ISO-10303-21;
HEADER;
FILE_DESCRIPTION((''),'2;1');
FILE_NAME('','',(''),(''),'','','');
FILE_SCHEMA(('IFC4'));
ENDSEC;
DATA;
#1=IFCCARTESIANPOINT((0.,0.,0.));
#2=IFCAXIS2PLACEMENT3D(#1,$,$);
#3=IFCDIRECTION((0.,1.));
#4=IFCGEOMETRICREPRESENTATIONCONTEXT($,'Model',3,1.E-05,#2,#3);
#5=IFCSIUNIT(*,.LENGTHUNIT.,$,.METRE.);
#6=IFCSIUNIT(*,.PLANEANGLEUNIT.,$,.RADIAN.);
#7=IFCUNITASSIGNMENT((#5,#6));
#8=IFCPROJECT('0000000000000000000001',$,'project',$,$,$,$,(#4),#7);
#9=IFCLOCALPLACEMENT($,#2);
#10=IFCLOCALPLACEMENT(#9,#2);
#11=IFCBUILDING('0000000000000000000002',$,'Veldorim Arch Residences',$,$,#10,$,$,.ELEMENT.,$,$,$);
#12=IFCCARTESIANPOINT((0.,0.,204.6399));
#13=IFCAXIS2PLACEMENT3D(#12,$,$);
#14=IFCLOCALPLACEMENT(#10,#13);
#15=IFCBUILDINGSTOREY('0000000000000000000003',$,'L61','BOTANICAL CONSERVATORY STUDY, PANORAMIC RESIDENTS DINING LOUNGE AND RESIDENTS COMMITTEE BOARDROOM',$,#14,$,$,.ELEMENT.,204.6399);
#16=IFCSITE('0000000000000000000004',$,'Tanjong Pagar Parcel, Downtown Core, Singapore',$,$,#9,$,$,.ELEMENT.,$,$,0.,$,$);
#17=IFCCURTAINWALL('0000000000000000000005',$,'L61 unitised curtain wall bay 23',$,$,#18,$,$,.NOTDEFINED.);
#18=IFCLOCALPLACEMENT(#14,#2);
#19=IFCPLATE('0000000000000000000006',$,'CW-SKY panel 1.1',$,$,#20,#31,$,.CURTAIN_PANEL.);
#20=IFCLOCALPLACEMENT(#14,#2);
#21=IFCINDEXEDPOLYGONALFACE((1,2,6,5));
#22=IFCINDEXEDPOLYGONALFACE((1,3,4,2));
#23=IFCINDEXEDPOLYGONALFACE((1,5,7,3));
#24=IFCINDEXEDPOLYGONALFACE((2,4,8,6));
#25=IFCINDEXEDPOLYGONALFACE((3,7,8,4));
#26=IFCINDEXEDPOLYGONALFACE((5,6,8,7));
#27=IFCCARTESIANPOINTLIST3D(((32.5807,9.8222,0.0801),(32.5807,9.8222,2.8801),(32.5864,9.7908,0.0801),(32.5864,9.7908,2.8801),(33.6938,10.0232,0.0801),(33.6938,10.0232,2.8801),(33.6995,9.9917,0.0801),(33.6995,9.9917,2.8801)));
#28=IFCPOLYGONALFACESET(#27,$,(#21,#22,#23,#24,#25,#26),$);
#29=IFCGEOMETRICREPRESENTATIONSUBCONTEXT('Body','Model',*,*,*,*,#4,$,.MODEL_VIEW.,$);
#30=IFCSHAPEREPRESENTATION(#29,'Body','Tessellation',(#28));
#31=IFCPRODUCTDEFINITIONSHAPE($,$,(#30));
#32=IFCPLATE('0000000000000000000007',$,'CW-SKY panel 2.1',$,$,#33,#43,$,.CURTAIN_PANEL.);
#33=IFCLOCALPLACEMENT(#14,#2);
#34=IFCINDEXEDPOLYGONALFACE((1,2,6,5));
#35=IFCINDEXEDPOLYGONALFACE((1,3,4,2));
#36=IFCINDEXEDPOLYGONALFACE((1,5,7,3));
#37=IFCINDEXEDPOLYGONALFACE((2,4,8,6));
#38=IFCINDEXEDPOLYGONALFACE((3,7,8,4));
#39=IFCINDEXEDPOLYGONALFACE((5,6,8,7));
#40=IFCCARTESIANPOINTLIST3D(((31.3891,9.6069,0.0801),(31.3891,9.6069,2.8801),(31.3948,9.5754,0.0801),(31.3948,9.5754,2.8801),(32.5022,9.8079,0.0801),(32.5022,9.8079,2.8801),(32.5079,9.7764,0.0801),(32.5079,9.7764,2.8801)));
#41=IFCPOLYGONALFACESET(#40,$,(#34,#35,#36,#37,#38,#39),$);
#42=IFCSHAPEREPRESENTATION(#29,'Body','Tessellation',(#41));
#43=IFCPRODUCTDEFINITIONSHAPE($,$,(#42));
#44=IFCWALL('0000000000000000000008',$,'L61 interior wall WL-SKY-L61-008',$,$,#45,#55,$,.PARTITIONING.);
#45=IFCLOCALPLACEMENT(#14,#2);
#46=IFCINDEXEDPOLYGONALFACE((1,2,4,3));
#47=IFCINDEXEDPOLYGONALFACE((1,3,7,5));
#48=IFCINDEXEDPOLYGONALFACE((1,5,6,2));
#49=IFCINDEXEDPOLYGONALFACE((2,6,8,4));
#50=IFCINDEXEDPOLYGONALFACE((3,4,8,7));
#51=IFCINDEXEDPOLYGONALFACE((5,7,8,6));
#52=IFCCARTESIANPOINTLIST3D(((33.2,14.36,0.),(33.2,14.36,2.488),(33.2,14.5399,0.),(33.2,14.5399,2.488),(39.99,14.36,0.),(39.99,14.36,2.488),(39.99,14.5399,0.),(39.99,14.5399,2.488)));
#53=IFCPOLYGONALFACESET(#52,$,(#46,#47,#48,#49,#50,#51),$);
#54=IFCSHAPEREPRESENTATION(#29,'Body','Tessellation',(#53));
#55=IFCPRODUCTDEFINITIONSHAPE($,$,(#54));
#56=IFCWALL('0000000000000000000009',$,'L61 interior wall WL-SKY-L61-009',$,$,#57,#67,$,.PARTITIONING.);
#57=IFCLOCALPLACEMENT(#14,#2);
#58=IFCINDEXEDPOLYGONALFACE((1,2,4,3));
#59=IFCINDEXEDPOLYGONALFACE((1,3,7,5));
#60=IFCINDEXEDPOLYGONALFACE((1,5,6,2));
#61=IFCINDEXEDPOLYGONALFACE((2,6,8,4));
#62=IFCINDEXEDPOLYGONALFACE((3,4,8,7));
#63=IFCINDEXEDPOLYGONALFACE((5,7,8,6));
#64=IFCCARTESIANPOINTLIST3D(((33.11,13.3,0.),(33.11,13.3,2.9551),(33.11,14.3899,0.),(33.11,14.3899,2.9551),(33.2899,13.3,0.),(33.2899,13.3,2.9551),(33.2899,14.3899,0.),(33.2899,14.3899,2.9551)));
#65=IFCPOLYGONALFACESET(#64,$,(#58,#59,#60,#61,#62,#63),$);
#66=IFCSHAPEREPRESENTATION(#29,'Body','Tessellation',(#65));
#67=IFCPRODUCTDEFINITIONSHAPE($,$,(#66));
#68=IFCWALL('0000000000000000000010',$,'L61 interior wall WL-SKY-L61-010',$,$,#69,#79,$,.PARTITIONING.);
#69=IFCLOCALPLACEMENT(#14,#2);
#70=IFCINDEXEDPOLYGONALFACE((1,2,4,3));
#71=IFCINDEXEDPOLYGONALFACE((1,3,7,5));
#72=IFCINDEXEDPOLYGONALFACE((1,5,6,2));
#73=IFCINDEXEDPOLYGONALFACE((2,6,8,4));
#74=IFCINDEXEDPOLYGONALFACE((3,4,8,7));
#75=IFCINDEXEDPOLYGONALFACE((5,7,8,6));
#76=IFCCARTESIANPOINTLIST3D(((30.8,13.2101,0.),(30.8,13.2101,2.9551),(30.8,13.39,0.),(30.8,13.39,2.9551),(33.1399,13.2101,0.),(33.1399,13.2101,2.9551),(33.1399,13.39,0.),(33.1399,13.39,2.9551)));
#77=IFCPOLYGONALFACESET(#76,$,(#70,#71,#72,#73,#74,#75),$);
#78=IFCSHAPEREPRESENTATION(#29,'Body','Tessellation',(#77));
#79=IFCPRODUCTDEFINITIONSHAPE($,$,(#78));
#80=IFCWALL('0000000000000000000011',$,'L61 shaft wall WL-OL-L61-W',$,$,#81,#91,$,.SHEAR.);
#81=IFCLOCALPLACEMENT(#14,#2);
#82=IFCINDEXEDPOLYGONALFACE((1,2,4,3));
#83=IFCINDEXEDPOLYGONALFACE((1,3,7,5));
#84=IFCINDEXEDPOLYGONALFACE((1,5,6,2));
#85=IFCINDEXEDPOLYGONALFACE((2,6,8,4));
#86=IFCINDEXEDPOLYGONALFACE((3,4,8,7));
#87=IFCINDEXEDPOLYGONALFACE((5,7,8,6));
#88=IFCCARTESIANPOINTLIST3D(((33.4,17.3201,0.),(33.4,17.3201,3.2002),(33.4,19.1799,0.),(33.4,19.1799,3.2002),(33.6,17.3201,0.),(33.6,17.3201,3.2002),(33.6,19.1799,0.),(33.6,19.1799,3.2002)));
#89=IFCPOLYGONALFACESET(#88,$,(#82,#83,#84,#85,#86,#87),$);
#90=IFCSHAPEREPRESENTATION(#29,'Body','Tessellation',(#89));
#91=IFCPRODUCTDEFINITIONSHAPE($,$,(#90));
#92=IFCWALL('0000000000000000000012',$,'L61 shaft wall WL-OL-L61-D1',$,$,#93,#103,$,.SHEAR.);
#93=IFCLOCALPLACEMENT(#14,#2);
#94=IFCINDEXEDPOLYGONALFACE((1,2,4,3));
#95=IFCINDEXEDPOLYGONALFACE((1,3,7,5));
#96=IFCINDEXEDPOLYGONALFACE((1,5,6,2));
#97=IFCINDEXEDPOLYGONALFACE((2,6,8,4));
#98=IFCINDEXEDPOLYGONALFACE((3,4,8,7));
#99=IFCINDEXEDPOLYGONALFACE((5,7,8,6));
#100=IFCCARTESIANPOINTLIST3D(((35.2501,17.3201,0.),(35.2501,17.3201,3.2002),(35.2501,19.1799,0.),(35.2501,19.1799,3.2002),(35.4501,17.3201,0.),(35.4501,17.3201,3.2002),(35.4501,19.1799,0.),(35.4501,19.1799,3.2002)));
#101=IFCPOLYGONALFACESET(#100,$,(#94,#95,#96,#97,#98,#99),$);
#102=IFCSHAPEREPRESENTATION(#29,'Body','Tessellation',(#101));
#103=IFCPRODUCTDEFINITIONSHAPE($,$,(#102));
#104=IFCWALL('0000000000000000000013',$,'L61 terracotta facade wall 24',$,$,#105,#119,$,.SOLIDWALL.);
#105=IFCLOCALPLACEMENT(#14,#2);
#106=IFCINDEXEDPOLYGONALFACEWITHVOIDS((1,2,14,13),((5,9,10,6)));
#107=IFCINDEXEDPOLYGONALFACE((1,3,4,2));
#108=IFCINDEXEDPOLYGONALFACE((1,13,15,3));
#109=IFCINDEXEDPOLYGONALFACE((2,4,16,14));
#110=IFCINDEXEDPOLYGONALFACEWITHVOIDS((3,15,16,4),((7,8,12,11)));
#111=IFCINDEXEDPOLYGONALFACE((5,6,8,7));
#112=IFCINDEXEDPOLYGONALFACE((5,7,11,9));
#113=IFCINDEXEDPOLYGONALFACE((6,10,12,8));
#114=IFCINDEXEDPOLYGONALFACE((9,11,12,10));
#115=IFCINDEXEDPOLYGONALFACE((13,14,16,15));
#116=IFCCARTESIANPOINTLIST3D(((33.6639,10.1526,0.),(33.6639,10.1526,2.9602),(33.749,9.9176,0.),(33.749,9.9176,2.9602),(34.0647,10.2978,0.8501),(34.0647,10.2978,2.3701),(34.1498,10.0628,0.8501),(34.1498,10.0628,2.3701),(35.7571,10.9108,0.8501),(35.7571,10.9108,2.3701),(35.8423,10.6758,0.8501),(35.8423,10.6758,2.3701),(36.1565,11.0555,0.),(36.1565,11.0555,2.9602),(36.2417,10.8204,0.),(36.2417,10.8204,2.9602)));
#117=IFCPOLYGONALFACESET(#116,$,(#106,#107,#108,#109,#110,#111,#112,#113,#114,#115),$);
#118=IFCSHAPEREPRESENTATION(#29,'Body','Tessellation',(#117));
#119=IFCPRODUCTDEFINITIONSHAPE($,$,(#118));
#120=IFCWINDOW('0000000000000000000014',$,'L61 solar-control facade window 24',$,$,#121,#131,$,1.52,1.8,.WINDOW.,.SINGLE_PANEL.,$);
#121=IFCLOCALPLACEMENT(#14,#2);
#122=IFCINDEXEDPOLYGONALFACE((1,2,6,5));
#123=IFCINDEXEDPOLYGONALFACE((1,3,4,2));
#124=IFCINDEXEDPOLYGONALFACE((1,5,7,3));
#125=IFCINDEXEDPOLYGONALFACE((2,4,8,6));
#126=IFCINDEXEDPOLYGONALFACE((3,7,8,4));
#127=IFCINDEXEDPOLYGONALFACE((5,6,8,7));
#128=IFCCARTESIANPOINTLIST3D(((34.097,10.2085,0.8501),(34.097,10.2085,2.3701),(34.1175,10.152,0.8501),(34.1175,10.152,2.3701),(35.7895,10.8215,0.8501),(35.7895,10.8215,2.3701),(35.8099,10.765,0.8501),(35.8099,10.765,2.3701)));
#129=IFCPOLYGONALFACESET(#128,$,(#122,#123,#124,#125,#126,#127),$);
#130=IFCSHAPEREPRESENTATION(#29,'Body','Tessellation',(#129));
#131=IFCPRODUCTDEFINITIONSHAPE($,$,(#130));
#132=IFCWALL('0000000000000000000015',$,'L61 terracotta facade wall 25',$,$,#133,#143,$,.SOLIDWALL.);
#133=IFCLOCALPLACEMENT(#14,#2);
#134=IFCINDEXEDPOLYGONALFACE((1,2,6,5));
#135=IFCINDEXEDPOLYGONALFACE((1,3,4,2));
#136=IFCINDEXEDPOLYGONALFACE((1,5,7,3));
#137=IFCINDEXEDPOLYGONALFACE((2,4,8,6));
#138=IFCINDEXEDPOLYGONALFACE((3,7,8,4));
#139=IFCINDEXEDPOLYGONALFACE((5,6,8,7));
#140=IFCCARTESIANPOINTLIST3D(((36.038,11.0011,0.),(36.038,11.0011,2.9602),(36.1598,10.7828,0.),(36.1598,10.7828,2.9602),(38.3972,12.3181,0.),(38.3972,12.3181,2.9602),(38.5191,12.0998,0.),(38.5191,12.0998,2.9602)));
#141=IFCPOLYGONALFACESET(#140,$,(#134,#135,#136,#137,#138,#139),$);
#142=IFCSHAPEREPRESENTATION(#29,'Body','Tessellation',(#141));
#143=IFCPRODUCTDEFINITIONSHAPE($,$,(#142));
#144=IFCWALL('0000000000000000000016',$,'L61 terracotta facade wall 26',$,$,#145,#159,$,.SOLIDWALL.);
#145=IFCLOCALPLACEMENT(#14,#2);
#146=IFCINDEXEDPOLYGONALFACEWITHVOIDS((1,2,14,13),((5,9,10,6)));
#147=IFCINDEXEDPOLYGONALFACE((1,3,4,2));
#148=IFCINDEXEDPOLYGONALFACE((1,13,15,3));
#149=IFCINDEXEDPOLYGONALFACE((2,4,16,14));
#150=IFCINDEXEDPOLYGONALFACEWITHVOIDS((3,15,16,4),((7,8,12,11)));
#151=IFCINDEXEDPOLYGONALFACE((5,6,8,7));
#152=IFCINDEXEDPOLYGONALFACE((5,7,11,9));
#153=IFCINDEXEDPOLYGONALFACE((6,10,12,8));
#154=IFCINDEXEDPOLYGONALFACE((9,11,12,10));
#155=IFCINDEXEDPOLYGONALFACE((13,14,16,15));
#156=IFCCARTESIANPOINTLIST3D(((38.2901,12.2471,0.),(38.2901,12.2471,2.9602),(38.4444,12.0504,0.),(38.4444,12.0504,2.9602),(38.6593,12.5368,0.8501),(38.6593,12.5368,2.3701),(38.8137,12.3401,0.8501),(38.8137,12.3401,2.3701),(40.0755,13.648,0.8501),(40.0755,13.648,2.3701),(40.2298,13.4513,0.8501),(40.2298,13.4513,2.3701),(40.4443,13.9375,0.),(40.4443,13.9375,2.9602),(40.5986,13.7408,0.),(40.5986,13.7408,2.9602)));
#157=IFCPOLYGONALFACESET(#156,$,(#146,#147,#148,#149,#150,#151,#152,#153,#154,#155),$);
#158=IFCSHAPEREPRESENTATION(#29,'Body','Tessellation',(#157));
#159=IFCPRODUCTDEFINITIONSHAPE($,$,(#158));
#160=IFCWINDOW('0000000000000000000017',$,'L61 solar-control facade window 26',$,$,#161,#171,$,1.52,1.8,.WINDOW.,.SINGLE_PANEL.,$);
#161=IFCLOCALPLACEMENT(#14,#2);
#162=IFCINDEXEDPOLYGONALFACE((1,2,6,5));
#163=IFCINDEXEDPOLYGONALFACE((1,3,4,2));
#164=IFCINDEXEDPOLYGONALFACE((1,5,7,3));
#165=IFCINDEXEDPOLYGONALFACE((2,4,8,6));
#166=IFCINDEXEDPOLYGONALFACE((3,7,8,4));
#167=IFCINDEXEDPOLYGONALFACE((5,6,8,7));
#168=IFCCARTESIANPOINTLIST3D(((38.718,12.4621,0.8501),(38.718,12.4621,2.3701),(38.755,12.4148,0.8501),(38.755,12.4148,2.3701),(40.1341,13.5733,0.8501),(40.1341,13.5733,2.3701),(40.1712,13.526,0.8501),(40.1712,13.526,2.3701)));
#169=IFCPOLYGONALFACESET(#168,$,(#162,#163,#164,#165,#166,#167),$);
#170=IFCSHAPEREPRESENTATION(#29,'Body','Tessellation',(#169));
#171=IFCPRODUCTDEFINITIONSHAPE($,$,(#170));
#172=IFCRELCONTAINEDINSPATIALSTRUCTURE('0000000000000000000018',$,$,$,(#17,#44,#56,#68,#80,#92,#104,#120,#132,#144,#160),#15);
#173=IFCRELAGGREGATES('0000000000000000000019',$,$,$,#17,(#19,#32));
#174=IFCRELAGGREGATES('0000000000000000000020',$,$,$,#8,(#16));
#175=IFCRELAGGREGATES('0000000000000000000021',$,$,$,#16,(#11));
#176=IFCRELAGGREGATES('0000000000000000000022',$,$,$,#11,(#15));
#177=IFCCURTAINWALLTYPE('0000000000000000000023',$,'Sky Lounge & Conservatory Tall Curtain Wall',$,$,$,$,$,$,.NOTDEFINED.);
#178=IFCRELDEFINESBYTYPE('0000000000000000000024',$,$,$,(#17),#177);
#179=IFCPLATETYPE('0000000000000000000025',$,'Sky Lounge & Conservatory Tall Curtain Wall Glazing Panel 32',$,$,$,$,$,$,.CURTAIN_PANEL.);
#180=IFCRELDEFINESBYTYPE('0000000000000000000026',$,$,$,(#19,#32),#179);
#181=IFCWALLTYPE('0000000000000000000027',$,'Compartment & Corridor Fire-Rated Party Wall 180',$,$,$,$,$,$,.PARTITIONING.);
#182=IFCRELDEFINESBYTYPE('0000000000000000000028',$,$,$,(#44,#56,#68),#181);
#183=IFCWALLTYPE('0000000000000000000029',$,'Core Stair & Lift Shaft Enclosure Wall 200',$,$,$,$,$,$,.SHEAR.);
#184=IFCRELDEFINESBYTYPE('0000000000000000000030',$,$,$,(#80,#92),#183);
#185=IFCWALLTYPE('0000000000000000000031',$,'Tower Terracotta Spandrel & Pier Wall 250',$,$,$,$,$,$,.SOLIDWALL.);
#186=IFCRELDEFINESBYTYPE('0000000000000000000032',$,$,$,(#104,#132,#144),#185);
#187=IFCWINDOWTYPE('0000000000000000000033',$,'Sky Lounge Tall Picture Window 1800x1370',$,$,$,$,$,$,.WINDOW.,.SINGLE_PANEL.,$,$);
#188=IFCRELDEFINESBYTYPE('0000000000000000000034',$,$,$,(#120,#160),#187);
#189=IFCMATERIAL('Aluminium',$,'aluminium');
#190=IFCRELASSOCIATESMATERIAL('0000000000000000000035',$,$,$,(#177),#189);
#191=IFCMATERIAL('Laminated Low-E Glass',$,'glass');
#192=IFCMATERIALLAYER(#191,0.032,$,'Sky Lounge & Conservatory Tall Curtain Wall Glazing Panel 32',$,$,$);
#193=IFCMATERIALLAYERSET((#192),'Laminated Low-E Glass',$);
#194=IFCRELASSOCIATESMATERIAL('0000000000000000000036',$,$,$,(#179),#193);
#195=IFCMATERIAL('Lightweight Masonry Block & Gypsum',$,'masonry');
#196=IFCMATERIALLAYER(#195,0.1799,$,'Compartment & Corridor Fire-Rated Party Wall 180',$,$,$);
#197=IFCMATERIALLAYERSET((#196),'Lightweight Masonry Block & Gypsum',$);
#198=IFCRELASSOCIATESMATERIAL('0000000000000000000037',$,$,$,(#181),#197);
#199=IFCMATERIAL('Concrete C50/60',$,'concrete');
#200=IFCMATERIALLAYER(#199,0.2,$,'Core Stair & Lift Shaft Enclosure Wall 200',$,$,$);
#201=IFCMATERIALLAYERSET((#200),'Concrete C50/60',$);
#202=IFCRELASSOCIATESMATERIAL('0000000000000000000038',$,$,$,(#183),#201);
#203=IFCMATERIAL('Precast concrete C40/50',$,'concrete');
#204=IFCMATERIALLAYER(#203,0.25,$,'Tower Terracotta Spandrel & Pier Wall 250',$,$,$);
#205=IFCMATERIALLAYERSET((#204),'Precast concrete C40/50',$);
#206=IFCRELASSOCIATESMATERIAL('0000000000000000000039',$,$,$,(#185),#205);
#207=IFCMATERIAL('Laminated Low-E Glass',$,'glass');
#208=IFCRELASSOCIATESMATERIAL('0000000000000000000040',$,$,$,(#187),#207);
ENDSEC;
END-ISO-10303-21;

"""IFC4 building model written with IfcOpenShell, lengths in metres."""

from ifc_helpers import new_model, si_unit, direction, frame, frame_2d, origin, origin_2d, place, context, subcontext, project, spatial, rectangle, extrude, material, layer, layer_set, type_object, element, fill, aggregate, save


model = new_model("IFC4")

# Units and contexts
model_context = context("Model", 3, precision=1e-05, world=origin(), true_north=direction((0.0, 1.0)))
body_context = subcontext(model_context, "Body", "Model", "MODEL_VIEW")
ifc_project = project(units=[si_unit("LENGTHUNIT", "METRE"), si_unit("PLANEANGLEUNIT", "RADIAN")], contexts=[model_context])

# Site, building, storey
site_placement = place(None, origin())
site = spatial("IfcSite", under=ifc_project, at=site_placement, Name="Tanjong Pagar Parcel, Downtown Core, Singapore", CompositionType="ELEMENT", RefElevation=0.0)
building_placement = place(site_placement, origin())
building = spatial("IfcBuilding", under=site, at=building_placement, Name="Veldorim Arch Residences", CompositionType="ELEMENT")
storey_placement = place(building_placement, frame((0.0, 0.0, 204.6399)))
storey = spatial("IfcBuildingStorey", under=building, at=storey_placement, Name="L61", Description="BOTANICAL CONSERVATORY STUDY, PANORAMIC RESIDENTS DINING LOUNGE AND RESIDENTS COMMITTEE BOARDROOM", CompositionType="ELEMENT", Elevation=204.6399)

# Curtain wall
ifc_material_1 = material(Name="Aluminium", Category="aluminium")
curtain_wall_type = type_object("IfcCurtainWallType", Name="Sky Lounge & Conservatory Tall Curtain Wall", PredefinedType="NOTDEFINED", material=ifc_material_1)
curtain_wall_placement = place(storey_placement, origin())
curtain_wall = element("IfcCurtainWall", 1, at=curtain_wall_placement, inside=storey, type_object=curtain_wall_type, Name="L61 unitised curtain wall bay 23", PredefinedType="NOTDEFINED")

# Plates
ifc_material_2 = material(Name="Laminated Low-E Glass", Category="glass")
ifc_layer_1 = layer(ifc_material_2, 0.032, Name="Sky Lounge & Conservatory Tall Curtain Wall Glazing Panel 32")
ifc_layer_set_1 = layer_set([ifc_layer_1], Name="Laminated Low-E Glass")
plate_type = type_object("IfcPlateType", Name="Sky Lounge & Conservatory Tall Curtain Wall Glazing Panel 32", PredefinedType="CURTAIN_PANEL", material=ifc_layer_set_1)
plate_1_placement = place(storey_placement, frame((33.1401, 9.907, 0.0801), z_axis=(0.0, 0.0, 1.0), x_axis=(-0.984088, -0.177683, 0.0)))
plate_1 = element("IfcPlate", 2, at=plate_1_placement, type_object=plate_type, Name="CW-SKY panel 1.1", PredefinedType="CURTAIN_PANEL", context=body_context, shape_type="SweptSolid", body=[
    extrude(rectangle(XDim=1.1311, YDim=0.032, at=origin_2d()), origin(), (0.0, 0.0, 1.0), 2.8),
])
plate_2_placement = place(storey_placement, frame((31.9485, 9.6917, 0.0801), z_axis=(0.0, 0.0, 1.0), x_axis=(-0.984088, -0.177683, 0.0)))
plate_2 = element("IfcPlate", 3, at=plate_2_placement, type_object=plate_type, Name="CW-SKY panel 2.1", PredefinedType="CURTAIN_PANEL", context=body_context, shape_type="SweptSolid", body=[
    extrude(rectangle(XDim=1.1311, YDim=0.032, at=origin_2d()), origin(), (0.0, 0.0, 1.0), 2.8),
])
aggregate(curtain_wall, [plate_1, plate_2])

# Walls
ifc_material_3 = material(Name="Lightweight Masonry Block & Gypsum", Category="masonry")
ifc_layer_2 = layer(ifc_material_3, 0.1799, Name="Compartment & Corridor Fire-Rated Party Wall 180")
ifc_layer_set_2 = layer_set([ifc_layer_2], Name="Lightweight Masonry Block & Gypsum")
wall_type_1 = type_object("IfcWallType", Name="Compartment & Corridor Fire-Rated Party Wall 180", PredefinedType="PARTITIONING", material=ifc_layer_set_2)
wall_1_placement = place(storey_placement, frame((39.99, 14.45, 0.0), z_axis=(0.0, 0.0, 1.0), x_axis=(-1.0, 0.0, 0.0)))
element("IfcWall", 4, at=wall_1_placement, inside=storey, type_object=wall_type_1, Name="L61 interior wall WL-SKY-L61-008", PredefinedType="PARTITIONING", context=body_context, shape_type="SweptSolid", body=[
    extrude(rectangle(XDim=6.79, YDim=0.1799, at=frame_2d((3.395, 0.0))), origin(), (0.0, 0.0, 1.0), 2.488),
])
wall_2_placement = place(storey_placement, frame((33.2, 14.3899, 0.0), z_axis=(0.0, 0.0, 1.0), x_axis=(0.0, -1.0, 0.0)))
element("IfcWall", 5, at=wall_2_placement, inside=storey, type_object=wall_type_1, Name="L61 interior wall WL-SKY-L61-009", PredefinedType="PARTITIONING", context=body_context, shape_type="SweptSolid", body=[
    extrude(rectangle(XDim=1.0898, YDim=0.1799, at=frame_2d((0.5449, 0.0))), origin(), (0.0, 0.0, 1.0), 2.9551),
])
wall_3_placement = place(storey_placement, frame((33.1399, 13.3, 0.0), z_axis=(0.0, 0.0, 1.0), x_axis=(-1.0, 0.0, 0.0)))
element("IfcWall", 6, at=wall_3_placement, inside=storey, type_object=wall_type_1, Name="L61 interior wall WL-SKY-L61-010", PredefinedType="PARTITIONING", context=body_context, shape_type="SweptSolid", body=[
    extrude(rectangle(XDim=2.3398, YDim=0.1799, at=frame_2d((1.1699, 0.0))), origin(), (0.0, 0.0, 1.0), 2.9551),
])
ifc_material_4 = material(Name="Concrete C50/60", Category="concrete")
ifc_layer_3 = layer(ifc_material_4, 0.2, Name="Core Stair & Lift Shaft Enclosure Wall 200")
ifc_layer_set_3 = layer_set([ifc_layer_3], Name="Concrete C50/60")
wall_type_2 = type_object("IfcWallType", Name="Core Stair & Lift Shaft Enclosure Wall 200", PredefinedType="SHEAR", material=ifc_layer_set_3)
for number, where, z_axis, x_axis, name in (
    (7, (33.5, 17.3201, 0.0), (0.0, 0.0, 1.0), (0.0, 1.0, 0.0), "L61 shaft wall WL-OL-L61-W"),
    (8, (35.3501, 17.3201, 0.0), (0.0, 0.0, 1.0), (0.0, 1.0, 0.0), "L61 shaft wall WL-OL-L61-D1"),
):
    element("IfcWall", number, at=place(storey_placement, frame(where, z_axis=z_axis, x_axis=x_axis)), inside=storey, type_object=wall_type_2, Name=name, PredefinedType="SHEAR", context=body_context, shape_type="SweptSolid", body=[
        extrude(rectangle(XDim=1.8599, YDim=0.2, at=frame_2d((0.9299, 0.0))), origin(), (0.0, 0.0, 1.0), 3.2002),
    ])

# Wall, opening, window
ifc_material_5 = material(Name="Precast concrete C40/50", Category="concrete")
ifc_layer_4 = layer(ifc_material_5, 0.25, Name="Tower Terracotta Spandrel & Pier Wall 250")
ifc_layer_set_4 = layer_set([ifc_layer_4], Name="Precast concrete C40/50")
wall_type_3 = type_object("IfcWallType", Name="Tower Terracotta Spandrel & Pier Wall 250", PredefinedType="SOLIDWALL", material=ifc_layer_set_4)
wall_4_placement = place(storey_placement, frame((36.1992, 10.938, 0.0), z_axis=(0.0, 0.0, 1.0), x_axis=(-0.940228, -0.340545, 0.0)))
wall_4 = element("IfcWall", 9, at=wall_4_placement, inside=storey, type_object=wall_type_3, Name="L61 terracotta facade wall 24", PredefinedType="SOLIDWALL", context=body_context, shape_type="SweptSolid", body=[
    extrude(rectangle(XDim=2.6511, YDim=0.25, at=frame_2d((1.3257, 0.0))), origin(), (0.0, 0.0, 1.0), 2.9602),
])
opening_1_placement = place(wall_4_placement, frame((0.425, 0.0, 0.8501)))
opening_1 = element("IfcOpeningElement", 10, at=opening_1_placement, cuts=wall_4, PredefinedType="OPENING", context=body_context, shape_type="SweptSolid", body=[
    extrude(rectangle(XDim=1.8, YDim=1.52, at=frame_2d((0.8999, 0.76))), frame((0.0, 0.135, 0.0), z_axis=(0.0, -1.0, 0.0), x_axis=(1.0, 0.0, 0.0)), (0.0, 0.0, 1.0), 0.27),
])
ifc_material_6 = material(Name="Laminated Low-E Glass", Category="glass")
window_type = type_object("IfcWindowType", Name="Sky Lounge Tall Picture Window 1800x1370", PartitioningType="SINGLE_PANEL", PredefinedType="WINDOW", material=ifc_material_6)
window_1_placement = place(opening_1_placement, origin())
window_1 = element("IfcWindow", 11, at=window_1_placement, inside=storey, type_object=window_type, Name="L61 solar-control facade window 24", OverallHeight=1.52, OverallWidth=1.8, PartitioningType="SINGLE_PANEL", PredefinedType="WINDOW", context=body_context, shape_type="SweptSolid", body=[
    extrude(rectangle(XDim=1.8, YDim=1.52, at=frame_2d((0.8999, 0.76))), frame((0.0, 0.03, 0.0), z_axis=(0.0, -1.0, 0.0), x_axis=(1.0, 0.0, 0.0)), (0.0, 0.0, 1.0), 0.0601),
])
fill(opening_1, window_1)

# Wall
wall_5_placement = place(storey_placement, frame((38.4583, 12.209, 0.0), z_axis=(0.0, 0.0, 1.0), x_axis=(-0.873171, -0.487414, 0.0)))
element("IfcWall", 12, at=wall_5_placement, inside=storey, type_object=wall_type_3, Name="L61 terracotta facade wall 25", PredefinedType="SOLIDWALL", context=body_context, shape_type="SweptSolid", body=[
    extrude(rectangle(XDim=2.7019, YDim=0.25, at=frame_2d((1.3511, 0.0))), origin(), (0.0, 0.0, 1.0), 2.9602),
])

# Wall, opening, window
wall_6_placement = place(storey_placement, frame((40.5215, 13.8391, 0.0), z_axis=(0.0, 0.0, 1.0), x_axis=(-0.786714, -0.617317, 0.0)))
wall_6 = element("IfcWall", 13, at=wall_6_placement, inside=storey, type_object=wall_type_3, Name="L61 terracotta facade wall 26", PredefinedType="SOLIDWALL", context=body_context, shape_type="SweptSolid", body=[
    extrude(rectangle(XDim=2.7383, YDim=0.25, at=frame_2d((1.3691, 0.0))), origin(), (0.0, 0.0, 1.0), 2.9602),
])
opening_2_placement = place(wall_6_placement, frame((0.469, 0.0, 0.8501)))
opening_2 = element("IfcOpeningElement", 14, at=opening_2_placement, cuts=wall_6, PredefinedType="OPENING", context=body_context, shape_type="SweptSolid", body=[
    extrude(rectangle(XDim=1.8, YDim=1.52, at=frame_2d((0.8999, 0.76))), frame((0.0, 0.135, 0.0), z_axis=(0.0, -1.0, 0.0), x_axis=(1.0, 0.0, 0.0)), (0.0, 0.0, 1.0), 0.27),
])
window_2_placement = place(opening_2_placement, origin())
window_2 = element("IfcWindow", 15, at=window_2_placement, inside=storey, type_object=window_type, Name="L61 solar-control facade window 26", OverallHeight=1.52, OverallWidth=1.8, PartitioningType="SINGLE_PANEL", PredefinedType="WINDOW", context=body_context, shape_type="SweptSolid", body=[
    extrude(rectangle(XDim=1.8, YDim=1.52, at=frame_2d((0.8999, 0.76))), frame((0.0, 0.03, 0.0), z_axis=(0.0, -1.0, 0.0), x_axis=(1.0, 0.0, 0.0)), (0.0, 0.0, 1.0), 0.0601),
])
fill(opening_2, window_2)

save(model, "model.ifc")
